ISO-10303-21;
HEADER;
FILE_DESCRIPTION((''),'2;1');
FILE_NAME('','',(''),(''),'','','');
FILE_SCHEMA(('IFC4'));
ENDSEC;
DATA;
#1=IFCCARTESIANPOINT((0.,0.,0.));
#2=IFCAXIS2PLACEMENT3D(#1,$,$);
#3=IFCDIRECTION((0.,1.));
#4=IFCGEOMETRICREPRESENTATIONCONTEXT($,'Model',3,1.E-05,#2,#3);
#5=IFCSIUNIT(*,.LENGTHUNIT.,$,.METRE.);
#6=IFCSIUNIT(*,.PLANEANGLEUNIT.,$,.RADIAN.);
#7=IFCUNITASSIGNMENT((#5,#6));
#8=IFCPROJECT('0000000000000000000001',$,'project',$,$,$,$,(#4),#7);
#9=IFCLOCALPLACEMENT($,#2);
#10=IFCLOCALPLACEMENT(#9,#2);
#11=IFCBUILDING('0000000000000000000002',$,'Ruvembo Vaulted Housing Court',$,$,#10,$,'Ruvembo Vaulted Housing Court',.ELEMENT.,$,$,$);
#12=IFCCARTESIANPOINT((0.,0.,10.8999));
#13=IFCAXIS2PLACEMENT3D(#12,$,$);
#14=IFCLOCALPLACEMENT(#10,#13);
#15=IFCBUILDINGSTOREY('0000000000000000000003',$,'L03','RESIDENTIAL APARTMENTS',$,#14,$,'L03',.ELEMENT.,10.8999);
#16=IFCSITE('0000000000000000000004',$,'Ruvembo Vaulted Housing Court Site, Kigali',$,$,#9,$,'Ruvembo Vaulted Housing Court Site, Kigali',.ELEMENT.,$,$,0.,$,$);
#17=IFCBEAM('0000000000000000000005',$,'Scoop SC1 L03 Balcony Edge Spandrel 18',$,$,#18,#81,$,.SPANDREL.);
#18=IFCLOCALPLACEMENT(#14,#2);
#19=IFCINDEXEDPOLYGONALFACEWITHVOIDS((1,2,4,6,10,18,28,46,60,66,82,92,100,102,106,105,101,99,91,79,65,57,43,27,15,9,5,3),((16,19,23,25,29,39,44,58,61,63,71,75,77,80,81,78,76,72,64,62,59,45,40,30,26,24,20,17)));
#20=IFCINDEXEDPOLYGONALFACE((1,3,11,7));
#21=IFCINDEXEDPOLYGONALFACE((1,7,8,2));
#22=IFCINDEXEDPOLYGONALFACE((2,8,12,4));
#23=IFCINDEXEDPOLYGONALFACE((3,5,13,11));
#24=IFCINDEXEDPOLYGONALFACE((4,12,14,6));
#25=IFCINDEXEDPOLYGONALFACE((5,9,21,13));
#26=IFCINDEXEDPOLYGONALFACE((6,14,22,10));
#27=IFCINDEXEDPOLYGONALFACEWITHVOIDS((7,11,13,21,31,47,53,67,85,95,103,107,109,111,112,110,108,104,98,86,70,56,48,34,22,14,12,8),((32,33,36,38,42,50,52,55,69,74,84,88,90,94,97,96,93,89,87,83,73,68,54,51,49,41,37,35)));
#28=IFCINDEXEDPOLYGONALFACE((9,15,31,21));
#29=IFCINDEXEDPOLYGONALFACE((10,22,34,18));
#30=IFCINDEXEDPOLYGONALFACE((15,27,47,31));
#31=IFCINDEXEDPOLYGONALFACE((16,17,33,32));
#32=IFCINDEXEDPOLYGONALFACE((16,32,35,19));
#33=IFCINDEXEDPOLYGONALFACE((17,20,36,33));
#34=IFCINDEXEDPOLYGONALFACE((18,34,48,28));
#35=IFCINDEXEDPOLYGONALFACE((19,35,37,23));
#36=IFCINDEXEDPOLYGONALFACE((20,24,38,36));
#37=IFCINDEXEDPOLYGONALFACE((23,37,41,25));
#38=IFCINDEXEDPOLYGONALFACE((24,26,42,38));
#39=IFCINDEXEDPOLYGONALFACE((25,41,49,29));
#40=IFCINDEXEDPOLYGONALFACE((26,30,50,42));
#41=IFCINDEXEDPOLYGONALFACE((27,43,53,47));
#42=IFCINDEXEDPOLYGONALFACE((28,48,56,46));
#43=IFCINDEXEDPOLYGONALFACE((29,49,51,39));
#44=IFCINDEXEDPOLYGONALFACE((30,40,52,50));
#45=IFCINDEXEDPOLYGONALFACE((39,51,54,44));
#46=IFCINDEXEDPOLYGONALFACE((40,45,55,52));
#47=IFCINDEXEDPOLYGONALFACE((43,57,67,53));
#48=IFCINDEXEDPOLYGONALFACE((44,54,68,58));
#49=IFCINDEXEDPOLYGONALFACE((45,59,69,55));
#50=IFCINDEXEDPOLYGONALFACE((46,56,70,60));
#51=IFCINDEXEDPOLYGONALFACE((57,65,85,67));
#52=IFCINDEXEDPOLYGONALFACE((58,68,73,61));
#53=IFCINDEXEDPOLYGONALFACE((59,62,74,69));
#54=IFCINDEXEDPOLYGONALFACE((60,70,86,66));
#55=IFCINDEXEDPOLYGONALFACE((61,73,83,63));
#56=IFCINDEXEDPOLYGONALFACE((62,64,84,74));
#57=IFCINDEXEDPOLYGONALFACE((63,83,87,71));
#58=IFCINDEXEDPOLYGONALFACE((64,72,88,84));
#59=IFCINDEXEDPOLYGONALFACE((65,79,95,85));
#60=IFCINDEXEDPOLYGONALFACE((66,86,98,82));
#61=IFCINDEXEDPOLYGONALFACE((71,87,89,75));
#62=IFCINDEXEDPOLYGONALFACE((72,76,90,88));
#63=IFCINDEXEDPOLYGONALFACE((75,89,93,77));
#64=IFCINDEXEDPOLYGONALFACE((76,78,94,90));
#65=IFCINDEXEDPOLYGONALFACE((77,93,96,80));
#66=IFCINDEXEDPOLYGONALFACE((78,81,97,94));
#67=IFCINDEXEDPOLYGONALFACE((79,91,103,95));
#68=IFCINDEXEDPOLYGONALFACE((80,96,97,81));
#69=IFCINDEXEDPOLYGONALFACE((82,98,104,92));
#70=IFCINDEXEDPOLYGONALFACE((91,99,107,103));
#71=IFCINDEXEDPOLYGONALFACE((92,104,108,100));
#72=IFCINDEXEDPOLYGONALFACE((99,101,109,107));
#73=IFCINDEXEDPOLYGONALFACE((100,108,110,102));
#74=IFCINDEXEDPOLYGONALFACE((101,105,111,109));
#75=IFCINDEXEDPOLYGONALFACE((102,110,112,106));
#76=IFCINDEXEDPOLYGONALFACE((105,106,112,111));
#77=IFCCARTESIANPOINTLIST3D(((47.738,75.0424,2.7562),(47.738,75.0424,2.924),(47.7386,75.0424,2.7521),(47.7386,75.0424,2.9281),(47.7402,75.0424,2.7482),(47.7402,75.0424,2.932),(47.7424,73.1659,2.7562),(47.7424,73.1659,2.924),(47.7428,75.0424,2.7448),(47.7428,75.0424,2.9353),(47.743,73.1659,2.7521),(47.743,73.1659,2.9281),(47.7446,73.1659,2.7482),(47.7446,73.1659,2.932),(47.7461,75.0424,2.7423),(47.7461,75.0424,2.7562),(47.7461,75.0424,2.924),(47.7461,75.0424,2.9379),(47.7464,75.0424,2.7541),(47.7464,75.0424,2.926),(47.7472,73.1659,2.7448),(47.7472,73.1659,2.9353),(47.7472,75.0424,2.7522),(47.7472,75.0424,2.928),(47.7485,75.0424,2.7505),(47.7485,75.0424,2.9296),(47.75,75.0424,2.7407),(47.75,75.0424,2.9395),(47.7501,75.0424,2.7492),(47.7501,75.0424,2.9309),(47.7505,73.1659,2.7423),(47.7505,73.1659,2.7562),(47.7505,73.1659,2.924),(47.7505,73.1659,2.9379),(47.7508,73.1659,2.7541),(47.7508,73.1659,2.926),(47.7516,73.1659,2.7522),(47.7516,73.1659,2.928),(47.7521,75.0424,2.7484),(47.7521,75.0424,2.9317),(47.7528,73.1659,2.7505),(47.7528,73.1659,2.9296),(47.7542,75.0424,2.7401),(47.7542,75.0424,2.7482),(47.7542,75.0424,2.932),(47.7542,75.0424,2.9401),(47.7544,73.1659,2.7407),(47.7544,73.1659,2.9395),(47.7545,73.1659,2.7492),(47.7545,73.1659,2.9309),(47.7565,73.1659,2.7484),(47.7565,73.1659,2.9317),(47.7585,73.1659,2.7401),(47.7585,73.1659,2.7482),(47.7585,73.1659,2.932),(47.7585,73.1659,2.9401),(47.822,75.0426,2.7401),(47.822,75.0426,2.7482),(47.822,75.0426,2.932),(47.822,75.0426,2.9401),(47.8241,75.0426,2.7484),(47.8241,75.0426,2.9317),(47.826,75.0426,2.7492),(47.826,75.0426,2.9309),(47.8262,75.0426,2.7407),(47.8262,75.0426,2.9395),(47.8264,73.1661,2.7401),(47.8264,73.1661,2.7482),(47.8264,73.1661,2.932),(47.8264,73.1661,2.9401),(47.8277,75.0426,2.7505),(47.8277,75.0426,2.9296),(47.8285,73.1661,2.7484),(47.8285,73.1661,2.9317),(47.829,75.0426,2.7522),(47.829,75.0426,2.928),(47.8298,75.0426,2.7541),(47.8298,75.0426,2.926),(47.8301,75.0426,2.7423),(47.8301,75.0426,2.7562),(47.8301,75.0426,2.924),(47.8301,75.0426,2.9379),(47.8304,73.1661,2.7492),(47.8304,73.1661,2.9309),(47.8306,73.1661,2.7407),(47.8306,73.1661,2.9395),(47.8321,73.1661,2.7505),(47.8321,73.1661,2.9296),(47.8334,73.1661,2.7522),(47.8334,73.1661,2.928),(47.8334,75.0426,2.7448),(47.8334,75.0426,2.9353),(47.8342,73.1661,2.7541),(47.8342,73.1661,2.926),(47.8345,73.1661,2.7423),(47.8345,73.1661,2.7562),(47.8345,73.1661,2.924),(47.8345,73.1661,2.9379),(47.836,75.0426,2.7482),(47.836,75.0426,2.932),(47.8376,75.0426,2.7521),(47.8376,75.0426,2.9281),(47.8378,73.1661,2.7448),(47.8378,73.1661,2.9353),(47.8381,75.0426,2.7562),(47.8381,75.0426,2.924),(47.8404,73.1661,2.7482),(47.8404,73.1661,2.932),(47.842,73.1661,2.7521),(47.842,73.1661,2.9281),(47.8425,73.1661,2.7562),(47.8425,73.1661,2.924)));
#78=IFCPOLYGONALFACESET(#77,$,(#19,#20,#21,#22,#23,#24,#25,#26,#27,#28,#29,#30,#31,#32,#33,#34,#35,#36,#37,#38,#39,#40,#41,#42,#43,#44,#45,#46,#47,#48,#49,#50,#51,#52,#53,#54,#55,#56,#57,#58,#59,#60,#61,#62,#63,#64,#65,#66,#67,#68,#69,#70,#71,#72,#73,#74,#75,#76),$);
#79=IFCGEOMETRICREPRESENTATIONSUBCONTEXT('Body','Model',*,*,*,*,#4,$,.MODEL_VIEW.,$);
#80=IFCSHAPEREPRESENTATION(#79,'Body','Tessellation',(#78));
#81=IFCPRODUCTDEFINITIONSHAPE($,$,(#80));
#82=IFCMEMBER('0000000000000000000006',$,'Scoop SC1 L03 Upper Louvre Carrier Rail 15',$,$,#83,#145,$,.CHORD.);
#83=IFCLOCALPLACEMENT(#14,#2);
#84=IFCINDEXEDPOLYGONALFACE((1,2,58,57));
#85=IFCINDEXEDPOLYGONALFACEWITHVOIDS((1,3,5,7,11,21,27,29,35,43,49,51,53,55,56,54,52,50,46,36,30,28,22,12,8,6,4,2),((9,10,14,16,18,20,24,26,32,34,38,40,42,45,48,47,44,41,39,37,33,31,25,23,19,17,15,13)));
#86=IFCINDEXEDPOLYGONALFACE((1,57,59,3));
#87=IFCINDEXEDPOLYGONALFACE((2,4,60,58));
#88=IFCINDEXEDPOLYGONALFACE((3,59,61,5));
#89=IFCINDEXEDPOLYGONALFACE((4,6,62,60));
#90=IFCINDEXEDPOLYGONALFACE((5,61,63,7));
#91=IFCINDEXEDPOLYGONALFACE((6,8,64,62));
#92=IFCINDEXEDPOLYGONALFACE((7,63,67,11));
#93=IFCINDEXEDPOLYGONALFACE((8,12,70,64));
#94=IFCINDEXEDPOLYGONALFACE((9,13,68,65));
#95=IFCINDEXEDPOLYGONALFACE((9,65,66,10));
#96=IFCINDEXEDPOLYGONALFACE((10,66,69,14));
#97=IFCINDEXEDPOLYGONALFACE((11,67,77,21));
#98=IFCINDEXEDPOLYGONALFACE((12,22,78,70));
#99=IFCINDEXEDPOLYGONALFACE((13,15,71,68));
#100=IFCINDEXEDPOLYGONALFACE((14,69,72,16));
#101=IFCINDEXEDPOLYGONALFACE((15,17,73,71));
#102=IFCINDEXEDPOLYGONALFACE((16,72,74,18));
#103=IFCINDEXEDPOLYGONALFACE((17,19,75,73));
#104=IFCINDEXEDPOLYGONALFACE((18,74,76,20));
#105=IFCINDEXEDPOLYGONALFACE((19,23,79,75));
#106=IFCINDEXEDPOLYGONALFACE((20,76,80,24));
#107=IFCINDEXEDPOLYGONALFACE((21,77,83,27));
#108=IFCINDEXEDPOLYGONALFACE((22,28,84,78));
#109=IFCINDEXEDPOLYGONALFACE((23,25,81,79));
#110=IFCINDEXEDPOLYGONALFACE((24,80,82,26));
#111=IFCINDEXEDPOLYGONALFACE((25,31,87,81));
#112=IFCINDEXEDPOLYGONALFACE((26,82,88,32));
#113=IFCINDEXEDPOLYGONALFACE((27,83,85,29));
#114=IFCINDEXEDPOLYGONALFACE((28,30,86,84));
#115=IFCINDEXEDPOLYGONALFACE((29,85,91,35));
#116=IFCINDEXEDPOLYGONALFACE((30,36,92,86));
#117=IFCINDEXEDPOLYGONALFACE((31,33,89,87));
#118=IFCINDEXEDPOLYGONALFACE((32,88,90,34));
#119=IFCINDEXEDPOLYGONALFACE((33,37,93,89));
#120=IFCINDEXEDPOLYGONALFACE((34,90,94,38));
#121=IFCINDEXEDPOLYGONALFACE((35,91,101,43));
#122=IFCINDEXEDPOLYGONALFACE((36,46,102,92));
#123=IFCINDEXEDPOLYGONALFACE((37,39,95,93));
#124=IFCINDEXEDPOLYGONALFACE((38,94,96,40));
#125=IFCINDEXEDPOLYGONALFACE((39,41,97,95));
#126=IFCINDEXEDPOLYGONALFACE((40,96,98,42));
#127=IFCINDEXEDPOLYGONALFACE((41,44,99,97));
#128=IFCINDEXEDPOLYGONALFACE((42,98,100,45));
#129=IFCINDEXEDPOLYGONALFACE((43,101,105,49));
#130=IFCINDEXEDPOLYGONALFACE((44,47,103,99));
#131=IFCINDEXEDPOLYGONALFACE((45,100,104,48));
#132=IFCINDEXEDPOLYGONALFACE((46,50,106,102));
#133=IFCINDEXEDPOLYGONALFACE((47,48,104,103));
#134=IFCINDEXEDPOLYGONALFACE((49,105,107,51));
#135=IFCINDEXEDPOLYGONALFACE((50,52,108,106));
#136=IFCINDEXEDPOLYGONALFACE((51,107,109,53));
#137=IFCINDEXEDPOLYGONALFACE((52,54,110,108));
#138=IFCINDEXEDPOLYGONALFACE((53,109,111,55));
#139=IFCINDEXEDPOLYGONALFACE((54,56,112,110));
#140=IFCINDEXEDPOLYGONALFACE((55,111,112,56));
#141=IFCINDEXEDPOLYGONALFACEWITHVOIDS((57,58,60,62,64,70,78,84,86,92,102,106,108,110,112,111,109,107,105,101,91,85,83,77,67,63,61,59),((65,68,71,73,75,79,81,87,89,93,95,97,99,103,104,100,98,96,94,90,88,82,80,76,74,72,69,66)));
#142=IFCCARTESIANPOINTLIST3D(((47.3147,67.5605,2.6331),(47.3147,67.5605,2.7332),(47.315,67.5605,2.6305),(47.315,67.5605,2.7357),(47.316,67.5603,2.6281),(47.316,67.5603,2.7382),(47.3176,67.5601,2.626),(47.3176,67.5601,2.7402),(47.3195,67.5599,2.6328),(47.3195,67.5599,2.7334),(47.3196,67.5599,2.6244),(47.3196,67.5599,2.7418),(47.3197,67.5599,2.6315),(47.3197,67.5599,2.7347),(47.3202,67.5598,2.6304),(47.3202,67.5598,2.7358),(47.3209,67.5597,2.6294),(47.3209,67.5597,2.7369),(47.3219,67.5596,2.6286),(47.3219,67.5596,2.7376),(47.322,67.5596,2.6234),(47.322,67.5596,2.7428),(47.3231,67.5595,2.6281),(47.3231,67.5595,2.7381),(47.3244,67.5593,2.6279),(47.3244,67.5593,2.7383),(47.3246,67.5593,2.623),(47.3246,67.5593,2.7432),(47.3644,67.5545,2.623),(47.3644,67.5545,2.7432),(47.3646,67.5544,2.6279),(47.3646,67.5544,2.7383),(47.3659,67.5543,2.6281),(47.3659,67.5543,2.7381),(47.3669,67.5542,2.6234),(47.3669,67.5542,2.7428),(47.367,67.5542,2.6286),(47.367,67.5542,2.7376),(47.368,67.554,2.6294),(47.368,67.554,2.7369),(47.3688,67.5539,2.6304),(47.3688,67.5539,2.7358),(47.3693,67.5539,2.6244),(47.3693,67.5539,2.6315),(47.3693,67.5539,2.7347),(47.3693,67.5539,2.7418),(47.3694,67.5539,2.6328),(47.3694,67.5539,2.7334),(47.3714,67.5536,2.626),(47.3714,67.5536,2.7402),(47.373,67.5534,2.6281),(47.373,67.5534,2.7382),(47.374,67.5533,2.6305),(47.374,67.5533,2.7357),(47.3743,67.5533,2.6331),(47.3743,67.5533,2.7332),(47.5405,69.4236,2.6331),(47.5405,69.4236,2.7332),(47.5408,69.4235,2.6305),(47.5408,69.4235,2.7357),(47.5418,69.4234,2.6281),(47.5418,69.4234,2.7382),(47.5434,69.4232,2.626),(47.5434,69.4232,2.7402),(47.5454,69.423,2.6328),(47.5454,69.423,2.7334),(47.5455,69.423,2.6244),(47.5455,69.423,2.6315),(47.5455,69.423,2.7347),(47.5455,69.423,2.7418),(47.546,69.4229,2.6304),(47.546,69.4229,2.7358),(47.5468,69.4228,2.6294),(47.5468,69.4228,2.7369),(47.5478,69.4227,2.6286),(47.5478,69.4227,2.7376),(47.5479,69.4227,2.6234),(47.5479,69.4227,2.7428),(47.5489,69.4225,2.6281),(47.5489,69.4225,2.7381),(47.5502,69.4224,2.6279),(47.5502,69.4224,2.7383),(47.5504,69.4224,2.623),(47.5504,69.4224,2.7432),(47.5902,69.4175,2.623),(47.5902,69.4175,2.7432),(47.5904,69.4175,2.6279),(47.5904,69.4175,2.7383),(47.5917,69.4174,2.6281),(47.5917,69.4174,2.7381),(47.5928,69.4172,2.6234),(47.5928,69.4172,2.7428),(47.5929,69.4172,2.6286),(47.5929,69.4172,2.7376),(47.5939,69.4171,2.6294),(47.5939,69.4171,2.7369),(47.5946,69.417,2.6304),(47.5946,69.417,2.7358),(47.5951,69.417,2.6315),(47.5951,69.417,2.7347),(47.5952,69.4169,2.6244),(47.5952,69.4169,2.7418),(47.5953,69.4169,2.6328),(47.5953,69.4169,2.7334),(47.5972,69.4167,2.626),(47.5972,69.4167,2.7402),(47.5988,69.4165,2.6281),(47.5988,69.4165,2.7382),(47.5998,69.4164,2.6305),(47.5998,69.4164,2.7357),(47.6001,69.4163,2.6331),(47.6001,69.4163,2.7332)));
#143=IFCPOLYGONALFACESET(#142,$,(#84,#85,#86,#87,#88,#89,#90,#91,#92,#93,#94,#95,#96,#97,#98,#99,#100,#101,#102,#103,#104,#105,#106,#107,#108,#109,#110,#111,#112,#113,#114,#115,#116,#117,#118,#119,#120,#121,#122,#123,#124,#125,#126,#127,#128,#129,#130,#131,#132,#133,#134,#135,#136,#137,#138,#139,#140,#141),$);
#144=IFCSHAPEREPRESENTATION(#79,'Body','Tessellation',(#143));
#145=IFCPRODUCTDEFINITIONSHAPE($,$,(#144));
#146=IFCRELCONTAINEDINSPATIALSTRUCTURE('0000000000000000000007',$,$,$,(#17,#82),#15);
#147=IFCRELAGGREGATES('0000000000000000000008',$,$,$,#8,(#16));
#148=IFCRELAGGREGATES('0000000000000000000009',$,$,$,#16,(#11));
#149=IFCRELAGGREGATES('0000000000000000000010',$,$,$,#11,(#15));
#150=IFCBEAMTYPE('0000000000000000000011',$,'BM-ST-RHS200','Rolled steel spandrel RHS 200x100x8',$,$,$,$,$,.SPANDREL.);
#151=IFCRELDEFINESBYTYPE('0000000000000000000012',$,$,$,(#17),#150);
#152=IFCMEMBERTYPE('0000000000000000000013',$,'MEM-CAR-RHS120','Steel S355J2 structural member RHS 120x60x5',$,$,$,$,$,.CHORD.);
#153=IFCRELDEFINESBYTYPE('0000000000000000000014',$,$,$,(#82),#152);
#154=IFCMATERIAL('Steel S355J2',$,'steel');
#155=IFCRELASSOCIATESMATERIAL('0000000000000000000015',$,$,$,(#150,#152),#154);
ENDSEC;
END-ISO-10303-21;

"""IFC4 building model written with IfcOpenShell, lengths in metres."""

from ifc_helpers import new_model, si_unit, direction, frame, origin, origin_2d, place, context, subcontext, project, spatial, hollow_rectangle, extrude, material, material_profile, profile_set, type_object, element, save


model = new_model("IFC4")

# Units and contexts
model_context = context("Model", 3, precision=1e-05, world=origin(), true_north=direction((0.0, 1.0)))
body_context = subcontext(model_context, "Body", "Model", "MODEL_VIEW")
ifc_project = project(units=[si_unit("LENGTHUNIT", "METRE"), si_unit("PLANEANGLEUNIT", "RADIAN")], contexts=[model_context])

# Site, building, storey
site_placement = place(None, origin())
site = spatial("IfcSite", under=ifc_project, at=site_placement, Name="Ruvembo Vaulted Housing Court Site, Kigali", LongName="Ruvembo Vaulted Housing Court Site, Kigali", CompositionType="ELEMENT", RefElevation=0.0)
building_placement = place(site_placement, origin())
building = spatial("IfcBuilding", under=site, at=building_placement, Name="Ruvembo Vaulted Housing Court", LongName="Ruvembo Vaulted Housing Court", CompositionType="ELEMENT")
storey_placement = place(building_placement, frame((0.0, 0.0, 10.8999)))
storey = spatial("IfcBuildingStorey", under=building, at=storey_placement, Name="L03", Description="RESIDENTIAL APARTMENTS", LongName="L03", CompositionType="ELEMENT", Elevation=10.8999)

# Beam
ifc_material_1 = material(Name="Steel S355J2", Category="steel")
ifc_material_profile_1 = material_profile(ifc_material_1, hollow_rectangle(XDim=0.1001, YDim=0.2, WallThickness=0.0081, InnerFilletRadius=0.0081, OuterFilletRadius=0.0161, at=origin_2d()), Name="RHS 200x100x8")
ifc_profile_set_1 = profile_set([ifc_material_profile_1], Name="Steel S355J2")
beam_type = type_object("IfcBeamType", Name="BM-ST-RHS200", Description="Rolled steel spandrel RHS 200x100x8", PredefinedType="SPANDREL", material=ifc_profile_set_1)
beam_placement = place(storey_placement, frame((47.7925, 73.166, 2.8401), z_axis=(-0.002342, 0.999997, 0.0), x_axis=(-0.999997, -0.002342, 0.0)))
element("IfcBeam", 1, at=beam_placement, inside=storey, type_object=beam_type, Name="Scoop SC1 L03 Balcony Edge Spandrel 18", PredefinedType="SPANDREL", context=body_context, shape_type="SweptSolid", body=[
    extrude(hollow_rectangle(XDim=0.1001, YDim=0.2, WallThickness=0.0081, InnerFilletRadius=0.0081, OuterFilletRadius=0.0161, at=origin_2d()), origin(), (0.0, 0.0, 1.0), 1.8765),
])

# Member
ifc_material_profile_2 = material_profile(ifc_material_1, hollow_rectangle(XDim=0.0601, YDim=0.1201, WallThickness=0.0049, InnerFilletRadius=0.0049, OuterFilletRadius=0.01, at=origin_2d()), Name="RHS 120x60x5")
ifc_profile_set_2 = profile_set([ifc_material_profile_2], Name="Steel S355J2")
member_type_1 = type_object("IfcMemberType", Name="MEM-CAR-RHS120", Description="Steel S355J2 structural member RHS 120x60x5", PredefinedType="CHORD", material=ifc_profile_set_2)
for number, where, z_axis, x_axis, name in (
    (2, (47.3445, 67.5569, 2.6831), (0.120335, 0.992733, 0.0), (-0.992733, 0.120335, 0.0), "Scoop SC1 L03 Upper Louvre Carrier Rail 15"),
):
    element("IfcMember", number, at=place(storey_placement, frame(where, z_axis=z_axis, x_axis=x_axis)), inside=storey, type_object=member_type_1, Name=name, PredefinedType="CHORD", context=body_context, shape_type="SweptSolid", body=[
        extrude(hollow_rectangle(XDim=0.0601, YDim=0.1201, WallThickness=0.0049, InnerFilletRadius=0.0049, OuterFilletRadius=0.01, at=origin_2d()), origin(), (0.0, 0.0, 1.0), 1.8767),
    ])

save(model, "model.ifc")
